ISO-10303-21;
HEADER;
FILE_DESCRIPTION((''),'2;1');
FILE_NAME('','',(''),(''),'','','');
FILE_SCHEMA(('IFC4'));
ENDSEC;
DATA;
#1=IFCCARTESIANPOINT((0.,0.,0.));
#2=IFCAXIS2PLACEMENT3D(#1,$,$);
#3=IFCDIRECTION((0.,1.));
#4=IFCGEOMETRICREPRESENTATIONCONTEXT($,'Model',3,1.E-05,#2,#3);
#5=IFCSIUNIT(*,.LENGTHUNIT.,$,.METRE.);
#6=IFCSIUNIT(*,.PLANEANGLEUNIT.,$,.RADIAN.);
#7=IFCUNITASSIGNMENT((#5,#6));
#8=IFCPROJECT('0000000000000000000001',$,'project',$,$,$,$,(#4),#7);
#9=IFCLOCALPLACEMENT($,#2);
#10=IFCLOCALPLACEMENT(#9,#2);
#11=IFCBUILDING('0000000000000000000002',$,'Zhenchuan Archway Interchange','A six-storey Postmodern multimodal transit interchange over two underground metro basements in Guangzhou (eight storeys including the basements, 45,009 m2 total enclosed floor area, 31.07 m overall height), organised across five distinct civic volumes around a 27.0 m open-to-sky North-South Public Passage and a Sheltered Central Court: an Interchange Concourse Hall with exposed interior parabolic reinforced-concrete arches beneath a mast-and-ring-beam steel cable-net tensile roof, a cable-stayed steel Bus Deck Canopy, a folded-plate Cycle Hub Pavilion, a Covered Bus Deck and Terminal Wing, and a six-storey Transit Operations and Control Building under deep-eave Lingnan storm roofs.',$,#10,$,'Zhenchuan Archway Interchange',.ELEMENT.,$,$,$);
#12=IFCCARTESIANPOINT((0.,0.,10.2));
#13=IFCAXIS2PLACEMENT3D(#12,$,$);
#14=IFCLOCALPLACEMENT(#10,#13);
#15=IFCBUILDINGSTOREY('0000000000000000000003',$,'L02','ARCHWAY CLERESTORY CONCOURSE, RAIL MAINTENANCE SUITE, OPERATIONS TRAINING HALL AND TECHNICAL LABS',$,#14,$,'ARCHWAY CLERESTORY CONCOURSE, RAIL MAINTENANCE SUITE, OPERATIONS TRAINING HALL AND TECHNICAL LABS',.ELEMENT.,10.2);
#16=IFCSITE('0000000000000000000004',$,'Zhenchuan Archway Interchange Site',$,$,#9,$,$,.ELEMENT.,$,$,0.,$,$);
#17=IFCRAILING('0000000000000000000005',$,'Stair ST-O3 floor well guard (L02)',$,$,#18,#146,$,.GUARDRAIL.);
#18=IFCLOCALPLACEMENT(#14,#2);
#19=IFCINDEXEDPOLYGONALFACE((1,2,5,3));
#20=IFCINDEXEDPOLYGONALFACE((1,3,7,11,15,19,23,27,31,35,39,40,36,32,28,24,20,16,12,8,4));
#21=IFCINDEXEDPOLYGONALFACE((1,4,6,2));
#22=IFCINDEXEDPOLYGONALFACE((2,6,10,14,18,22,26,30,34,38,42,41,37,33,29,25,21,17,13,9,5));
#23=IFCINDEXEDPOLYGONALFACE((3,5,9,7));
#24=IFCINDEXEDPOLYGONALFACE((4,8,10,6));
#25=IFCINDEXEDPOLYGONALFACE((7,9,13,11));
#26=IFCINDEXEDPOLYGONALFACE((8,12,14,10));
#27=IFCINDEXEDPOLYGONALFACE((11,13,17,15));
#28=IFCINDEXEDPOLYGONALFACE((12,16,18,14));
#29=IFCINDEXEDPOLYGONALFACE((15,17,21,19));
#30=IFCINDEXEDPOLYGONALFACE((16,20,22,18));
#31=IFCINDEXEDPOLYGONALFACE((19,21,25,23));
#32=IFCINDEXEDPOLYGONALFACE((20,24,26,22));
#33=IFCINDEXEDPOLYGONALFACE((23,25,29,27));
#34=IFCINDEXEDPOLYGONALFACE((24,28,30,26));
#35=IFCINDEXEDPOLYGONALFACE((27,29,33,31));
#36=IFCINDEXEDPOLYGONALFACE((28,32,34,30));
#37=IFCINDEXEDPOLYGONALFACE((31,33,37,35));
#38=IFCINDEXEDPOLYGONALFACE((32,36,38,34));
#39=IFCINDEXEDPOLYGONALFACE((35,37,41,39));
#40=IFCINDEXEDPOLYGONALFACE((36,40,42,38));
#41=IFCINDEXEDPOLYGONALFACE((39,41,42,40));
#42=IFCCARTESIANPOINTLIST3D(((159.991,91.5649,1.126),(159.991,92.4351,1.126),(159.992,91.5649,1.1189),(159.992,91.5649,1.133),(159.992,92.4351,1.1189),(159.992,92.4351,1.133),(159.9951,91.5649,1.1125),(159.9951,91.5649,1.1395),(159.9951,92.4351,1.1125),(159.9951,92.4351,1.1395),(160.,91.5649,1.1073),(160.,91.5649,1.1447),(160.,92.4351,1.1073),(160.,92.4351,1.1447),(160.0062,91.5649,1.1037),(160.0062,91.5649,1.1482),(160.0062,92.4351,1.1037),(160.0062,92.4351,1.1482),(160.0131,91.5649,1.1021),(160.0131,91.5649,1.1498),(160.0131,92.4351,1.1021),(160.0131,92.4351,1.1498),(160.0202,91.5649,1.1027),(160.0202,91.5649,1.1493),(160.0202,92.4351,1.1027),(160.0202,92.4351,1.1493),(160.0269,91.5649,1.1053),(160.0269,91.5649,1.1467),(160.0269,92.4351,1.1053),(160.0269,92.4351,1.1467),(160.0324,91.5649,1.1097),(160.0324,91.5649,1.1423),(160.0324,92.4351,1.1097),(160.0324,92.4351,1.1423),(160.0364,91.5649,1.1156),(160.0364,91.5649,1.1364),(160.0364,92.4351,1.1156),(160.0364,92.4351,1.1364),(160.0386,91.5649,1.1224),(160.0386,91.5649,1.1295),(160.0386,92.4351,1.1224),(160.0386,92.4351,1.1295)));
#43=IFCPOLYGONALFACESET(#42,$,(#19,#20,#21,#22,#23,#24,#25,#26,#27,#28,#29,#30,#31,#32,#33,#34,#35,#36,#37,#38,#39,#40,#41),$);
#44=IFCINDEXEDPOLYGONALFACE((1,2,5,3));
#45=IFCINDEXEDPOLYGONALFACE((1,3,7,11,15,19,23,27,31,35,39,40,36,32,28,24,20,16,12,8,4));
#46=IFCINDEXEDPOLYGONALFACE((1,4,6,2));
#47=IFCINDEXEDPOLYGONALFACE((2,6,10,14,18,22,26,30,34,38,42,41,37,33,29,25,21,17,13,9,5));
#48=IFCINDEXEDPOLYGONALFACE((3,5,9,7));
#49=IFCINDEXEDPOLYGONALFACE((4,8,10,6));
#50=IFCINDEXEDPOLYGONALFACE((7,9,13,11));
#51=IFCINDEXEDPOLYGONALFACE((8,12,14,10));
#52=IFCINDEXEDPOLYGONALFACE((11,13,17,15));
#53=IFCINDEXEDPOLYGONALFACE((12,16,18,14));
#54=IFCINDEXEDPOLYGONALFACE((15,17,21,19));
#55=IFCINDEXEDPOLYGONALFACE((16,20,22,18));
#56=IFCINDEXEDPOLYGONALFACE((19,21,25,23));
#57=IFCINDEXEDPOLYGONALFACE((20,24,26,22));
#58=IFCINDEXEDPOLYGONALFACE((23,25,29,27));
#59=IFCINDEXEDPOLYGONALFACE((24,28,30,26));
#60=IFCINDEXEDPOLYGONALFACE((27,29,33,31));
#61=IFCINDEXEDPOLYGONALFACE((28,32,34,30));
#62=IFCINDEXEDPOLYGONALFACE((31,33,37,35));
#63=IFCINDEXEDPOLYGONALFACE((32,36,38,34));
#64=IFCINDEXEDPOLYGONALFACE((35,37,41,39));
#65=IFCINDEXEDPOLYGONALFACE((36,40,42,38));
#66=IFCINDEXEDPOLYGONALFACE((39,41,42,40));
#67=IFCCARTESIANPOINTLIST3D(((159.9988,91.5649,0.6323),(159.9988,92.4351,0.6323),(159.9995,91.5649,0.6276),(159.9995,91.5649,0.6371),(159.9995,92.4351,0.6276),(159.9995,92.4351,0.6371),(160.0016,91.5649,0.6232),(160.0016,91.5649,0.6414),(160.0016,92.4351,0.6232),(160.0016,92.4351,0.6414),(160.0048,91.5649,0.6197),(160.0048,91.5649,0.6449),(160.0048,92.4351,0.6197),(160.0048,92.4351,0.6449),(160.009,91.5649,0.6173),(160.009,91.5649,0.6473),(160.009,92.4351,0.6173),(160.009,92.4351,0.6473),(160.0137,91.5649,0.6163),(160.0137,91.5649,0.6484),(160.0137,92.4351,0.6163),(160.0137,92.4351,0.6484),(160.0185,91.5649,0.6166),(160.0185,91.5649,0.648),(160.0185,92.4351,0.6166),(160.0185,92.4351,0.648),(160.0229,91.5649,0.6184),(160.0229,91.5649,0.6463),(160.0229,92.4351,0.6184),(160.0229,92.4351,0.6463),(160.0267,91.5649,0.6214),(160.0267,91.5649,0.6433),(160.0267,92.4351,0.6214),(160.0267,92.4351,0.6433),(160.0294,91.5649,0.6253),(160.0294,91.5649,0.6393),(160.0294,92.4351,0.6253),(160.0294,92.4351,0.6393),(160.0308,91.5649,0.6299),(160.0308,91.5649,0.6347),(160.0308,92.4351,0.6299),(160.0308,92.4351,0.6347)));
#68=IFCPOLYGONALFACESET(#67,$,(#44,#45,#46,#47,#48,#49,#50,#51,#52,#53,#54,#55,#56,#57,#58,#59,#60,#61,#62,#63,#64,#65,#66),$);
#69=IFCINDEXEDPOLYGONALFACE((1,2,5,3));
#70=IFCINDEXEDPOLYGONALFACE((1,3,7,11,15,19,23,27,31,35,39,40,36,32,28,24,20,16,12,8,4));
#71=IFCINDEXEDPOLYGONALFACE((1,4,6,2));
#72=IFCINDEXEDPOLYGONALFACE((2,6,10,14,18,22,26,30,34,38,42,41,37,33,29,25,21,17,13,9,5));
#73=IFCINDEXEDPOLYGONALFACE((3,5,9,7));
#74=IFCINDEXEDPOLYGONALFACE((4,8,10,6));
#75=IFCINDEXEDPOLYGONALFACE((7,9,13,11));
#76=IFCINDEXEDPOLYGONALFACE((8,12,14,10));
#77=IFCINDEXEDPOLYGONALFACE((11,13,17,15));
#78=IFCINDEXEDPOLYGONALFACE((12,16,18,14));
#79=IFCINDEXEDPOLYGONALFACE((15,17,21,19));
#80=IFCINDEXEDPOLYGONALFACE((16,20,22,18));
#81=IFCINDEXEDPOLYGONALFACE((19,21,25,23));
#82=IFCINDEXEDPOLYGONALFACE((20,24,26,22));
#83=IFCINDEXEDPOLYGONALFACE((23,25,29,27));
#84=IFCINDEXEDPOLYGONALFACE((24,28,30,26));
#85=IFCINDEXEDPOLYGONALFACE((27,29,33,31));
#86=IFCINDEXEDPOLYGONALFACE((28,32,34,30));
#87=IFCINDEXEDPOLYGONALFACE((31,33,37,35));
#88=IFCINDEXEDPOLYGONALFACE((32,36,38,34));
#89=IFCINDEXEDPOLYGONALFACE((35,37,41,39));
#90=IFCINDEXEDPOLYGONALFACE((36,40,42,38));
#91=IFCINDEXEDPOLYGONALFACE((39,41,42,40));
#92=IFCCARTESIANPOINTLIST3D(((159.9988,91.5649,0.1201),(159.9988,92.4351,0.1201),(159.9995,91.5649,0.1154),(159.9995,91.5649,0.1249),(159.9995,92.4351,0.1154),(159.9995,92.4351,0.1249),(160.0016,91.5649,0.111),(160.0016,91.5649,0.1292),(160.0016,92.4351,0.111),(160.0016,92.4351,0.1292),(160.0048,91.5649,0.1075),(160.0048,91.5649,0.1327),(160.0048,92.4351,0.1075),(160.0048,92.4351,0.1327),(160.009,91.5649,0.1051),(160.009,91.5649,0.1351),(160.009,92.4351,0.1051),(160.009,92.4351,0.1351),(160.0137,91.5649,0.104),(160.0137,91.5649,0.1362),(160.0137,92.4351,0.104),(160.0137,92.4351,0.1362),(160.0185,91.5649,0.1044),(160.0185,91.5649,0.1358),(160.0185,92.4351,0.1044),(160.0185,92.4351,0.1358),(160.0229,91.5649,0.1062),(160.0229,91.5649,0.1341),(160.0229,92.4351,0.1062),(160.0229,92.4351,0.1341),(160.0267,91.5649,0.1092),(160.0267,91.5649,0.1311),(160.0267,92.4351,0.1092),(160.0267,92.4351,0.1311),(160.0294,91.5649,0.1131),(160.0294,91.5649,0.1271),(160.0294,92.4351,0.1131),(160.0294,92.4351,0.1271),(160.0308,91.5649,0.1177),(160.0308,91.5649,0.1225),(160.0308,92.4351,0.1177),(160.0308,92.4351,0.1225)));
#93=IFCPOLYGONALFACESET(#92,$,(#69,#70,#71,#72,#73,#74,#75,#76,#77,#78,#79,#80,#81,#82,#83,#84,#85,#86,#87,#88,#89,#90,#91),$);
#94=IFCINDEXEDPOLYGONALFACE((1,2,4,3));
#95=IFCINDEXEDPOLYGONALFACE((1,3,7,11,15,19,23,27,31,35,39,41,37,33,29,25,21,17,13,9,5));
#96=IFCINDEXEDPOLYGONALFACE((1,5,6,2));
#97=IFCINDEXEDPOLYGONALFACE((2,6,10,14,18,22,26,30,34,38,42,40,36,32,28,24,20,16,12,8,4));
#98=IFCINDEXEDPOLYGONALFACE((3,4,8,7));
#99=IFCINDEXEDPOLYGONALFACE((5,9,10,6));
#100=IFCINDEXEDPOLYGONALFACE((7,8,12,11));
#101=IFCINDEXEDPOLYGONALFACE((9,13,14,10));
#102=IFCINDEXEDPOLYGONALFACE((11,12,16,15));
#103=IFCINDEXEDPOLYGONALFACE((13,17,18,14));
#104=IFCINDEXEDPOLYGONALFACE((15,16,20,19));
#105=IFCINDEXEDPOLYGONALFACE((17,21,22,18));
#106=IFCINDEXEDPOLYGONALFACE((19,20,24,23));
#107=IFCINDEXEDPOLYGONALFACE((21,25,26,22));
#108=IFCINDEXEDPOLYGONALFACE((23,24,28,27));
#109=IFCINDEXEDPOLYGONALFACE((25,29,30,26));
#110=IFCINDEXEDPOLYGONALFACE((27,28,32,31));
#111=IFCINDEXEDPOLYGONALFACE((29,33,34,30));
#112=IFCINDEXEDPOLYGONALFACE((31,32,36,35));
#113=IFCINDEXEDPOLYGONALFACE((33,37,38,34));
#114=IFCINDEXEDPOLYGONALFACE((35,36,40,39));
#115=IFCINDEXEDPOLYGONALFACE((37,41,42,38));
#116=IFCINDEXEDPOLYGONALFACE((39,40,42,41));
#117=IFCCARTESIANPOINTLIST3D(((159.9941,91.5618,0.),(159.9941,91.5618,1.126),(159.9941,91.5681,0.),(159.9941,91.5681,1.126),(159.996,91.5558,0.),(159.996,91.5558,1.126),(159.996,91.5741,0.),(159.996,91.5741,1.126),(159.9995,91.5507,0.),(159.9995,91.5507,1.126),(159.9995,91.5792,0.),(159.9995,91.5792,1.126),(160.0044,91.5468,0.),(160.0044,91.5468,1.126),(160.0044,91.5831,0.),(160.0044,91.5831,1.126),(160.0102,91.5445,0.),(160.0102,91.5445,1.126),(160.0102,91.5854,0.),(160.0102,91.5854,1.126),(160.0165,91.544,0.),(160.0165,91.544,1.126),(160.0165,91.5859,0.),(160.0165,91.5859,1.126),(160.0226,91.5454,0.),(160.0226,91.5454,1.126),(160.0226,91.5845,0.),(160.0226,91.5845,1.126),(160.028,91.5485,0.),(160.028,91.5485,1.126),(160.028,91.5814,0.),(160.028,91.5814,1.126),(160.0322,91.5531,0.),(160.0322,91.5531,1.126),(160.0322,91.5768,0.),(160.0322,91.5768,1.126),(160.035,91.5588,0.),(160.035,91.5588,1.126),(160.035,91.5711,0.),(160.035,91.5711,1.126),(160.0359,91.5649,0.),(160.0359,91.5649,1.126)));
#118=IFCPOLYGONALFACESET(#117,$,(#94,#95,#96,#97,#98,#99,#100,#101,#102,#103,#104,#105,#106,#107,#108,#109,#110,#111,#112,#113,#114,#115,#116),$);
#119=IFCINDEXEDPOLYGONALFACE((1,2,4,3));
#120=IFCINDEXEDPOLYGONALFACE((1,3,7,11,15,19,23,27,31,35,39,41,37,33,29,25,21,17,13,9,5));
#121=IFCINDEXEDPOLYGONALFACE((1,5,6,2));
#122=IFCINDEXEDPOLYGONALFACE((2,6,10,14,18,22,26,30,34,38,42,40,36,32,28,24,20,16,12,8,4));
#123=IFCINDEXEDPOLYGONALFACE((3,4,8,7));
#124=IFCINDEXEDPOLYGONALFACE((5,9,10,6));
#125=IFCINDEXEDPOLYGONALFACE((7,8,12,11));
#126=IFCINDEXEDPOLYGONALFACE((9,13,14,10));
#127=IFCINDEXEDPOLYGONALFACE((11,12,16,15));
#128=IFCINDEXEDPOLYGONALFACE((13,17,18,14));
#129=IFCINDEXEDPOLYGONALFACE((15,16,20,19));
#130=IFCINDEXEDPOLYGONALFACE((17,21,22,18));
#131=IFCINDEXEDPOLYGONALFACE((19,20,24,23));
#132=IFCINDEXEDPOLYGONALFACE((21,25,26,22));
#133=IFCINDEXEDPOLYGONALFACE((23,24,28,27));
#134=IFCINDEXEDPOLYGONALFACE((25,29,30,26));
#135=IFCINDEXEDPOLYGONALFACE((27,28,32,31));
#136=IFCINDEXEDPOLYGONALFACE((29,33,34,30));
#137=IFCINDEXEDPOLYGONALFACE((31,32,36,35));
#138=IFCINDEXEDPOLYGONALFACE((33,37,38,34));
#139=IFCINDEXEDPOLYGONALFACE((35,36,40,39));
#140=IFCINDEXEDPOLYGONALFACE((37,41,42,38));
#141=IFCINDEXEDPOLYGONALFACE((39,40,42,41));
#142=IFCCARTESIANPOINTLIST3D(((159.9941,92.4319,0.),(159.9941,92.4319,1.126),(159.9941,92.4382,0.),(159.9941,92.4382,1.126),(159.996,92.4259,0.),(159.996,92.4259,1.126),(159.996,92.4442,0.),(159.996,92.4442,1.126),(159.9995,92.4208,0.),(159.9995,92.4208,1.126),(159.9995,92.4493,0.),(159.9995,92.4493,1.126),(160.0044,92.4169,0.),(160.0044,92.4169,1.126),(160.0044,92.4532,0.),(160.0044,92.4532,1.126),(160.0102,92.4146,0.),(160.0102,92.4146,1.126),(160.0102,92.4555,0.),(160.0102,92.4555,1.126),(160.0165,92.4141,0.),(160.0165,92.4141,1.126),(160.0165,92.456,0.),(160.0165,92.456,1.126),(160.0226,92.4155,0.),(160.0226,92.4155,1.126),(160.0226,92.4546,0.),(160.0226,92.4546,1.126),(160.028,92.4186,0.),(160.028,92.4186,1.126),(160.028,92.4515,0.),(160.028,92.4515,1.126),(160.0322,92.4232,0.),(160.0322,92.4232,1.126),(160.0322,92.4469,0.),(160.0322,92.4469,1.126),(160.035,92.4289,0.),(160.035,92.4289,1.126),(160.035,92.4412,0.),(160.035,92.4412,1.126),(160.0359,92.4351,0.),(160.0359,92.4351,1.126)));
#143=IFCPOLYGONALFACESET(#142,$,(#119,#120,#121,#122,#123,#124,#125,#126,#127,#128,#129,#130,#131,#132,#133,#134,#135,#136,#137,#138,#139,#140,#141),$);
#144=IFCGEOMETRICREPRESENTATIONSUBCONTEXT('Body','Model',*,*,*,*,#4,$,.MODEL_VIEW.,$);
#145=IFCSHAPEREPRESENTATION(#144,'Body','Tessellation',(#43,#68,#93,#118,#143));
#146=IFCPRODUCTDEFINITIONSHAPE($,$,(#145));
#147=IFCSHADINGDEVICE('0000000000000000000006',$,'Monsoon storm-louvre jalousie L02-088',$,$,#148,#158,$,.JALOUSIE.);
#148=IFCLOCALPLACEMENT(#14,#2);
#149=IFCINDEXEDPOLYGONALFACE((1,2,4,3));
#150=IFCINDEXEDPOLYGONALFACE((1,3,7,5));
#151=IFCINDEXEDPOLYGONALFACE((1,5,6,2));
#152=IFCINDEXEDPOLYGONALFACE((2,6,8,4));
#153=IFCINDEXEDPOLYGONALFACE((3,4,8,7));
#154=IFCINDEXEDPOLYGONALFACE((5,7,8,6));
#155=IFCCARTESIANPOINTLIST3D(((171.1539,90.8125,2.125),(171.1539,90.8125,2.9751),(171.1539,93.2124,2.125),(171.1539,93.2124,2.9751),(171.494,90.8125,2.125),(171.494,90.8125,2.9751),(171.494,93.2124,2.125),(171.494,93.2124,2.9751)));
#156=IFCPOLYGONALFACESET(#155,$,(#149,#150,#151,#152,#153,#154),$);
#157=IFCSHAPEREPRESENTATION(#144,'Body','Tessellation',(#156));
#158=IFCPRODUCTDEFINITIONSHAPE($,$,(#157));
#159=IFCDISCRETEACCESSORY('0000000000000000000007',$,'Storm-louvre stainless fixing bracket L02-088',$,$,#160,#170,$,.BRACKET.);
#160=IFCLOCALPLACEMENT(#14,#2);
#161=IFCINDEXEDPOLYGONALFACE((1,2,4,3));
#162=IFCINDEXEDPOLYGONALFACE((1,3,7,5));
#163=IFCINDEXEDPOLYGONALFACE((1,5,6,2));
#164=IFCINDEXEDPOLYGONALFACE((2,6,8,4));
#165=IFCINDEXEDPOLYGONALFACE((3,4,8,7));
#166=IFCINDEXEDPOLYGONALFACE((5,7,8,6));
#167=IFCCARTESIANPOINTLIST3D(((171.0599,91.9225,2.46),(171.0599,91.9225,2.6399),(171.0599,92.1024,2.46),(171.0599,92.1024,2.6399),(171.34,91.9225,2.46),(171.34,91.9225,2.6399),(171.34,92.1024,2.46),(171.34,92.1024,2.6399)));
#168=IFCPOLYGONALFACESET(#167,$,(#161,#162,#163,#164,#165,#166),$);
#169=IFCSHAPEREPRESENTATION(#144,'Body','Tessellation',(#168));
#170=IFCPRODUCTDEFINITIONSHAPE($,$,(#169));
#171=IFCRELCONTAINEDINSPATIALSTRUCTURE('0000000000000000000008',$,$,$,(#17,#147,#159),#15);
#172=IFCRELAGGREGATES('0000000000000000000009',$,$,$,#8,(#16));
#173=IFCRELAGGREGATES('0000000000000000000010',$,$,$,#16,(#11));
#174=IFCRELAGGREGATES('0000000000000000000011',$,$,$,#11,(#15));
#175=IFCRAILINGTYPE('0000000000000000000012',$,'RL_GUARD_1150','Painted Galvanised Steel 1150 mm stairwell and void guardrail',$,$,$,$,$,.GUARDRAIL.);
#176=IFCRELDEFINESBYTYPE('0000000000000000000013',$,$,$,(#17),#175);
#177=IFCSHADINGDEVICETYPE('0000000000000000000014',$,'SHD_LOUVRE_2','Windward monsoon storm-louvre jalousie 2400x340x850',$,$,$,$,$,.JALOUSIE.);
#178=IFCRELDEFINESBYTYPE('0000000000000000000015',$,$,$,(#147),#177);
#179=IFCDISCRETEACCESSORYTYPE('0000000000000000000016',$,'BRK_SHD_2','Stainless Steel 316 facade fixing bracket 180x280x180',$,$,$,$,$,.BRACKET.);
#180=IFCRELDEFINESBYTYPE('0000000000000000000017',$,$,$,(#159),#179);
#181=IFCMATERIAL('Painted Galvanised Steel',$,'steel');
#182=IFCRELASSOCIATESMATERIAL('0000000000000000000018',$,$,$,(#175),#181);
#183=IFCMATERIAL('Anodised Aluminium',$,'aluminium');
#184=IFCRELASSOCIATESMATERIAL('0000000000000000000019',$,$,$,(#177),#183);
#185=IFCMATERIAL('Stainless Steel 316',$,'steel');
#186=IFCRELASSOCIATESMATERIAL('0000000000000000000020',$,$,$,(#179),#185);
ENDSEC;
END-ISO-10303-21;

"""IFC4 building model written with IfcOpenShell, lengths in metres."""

from ifc_helpers import new_model, si_unit, direction, frame, origin, origin_2d, place, context, subcontext, project, spatial, rectangle, circle, extrude, material, type_object, element, save


model = new_model("IFC4")

# Units and contexts
model_context = context("Model", 3, precision=1e-05, world=origin(), true_north=direction((0.0, 1.0)))
body_context = subcontext(model_context, "Body", "Model", "MODEL_VIEW")
ifc_project = project(units=[si_unit("LENGTHUNIT", "METRE"), si_unit("PLANEANGLEUNIT", "RADIAN")], contexts=[model_context])

# Site, building, storey
site_placement = place(None, origin())
site = spatial("IfcSite", under=ifc_project, at=site_placement, Name="Zhenchuan Archway Interchange Site", CompositionType="ELEMENT", RefElevation=0.0)
building_placement = place(site_placement, origin())
building = spatial("IfcBuilding", under=site, at=building_placement, Name="Zhenchuan Archway Interchange", Description="A six-storey Postmodern multimodal transit interchange over two underground metro basements in Guangzhou (eight storeys including the basements, 45,009 m2 total enclosed floor area, 31.07 m overall height), organised across five distinct civic volumes around a 27.0 m open-to-sky North-South Public Passage and a Sheltered Central Court: an Interchange Concourse Hall with exposed interior parabolic reinforced-concrete arches beneath a mast-and-ring-beam steel cable-net tensile roof, a cable-stayed steel Bus Deck Canopy, a folded-plate Cycle Hub Pavilion, a Covered Bus Deck and Terminal Wing, and a six-storey Transit Operations and Control Building under deep-eave Lingnan storm roofs.", LongName="Zhenchuan Archway Interchange", CompositionType="ELEMENT")
storey_placement = place(building_placement, frame((0.0, 0.0, 10.2)))
storey = spatial("IfcBuildingStorey", under=building, at=storey_placement, Name="L02", Description="ARCHWAY CLERESTORY CONCOURSE, RAIL MAINTENANCE SUITE, OPERATIONS TRAINING HALL AND TECHNICAL LABS", LongName="ARCHWAY CLERESTORY CONCOURSE, RAIL MAINTENANCE SUITE, OPERATIONS TRAINING HALL AND TECHNICAL LABS", CompositionType="ELEMENT", Elevation=10.2)

# Railing
ifc_material_1 = material(Name="Painted Galvanised Steel", Category="steel")
railing_type_1 = type_object("IfcRailingType", Name="RL_GUARD_1150", Description="Painted Galvanised Steel 1150 mm stairwell and void guardrail", PredefinedType="GUARDRAIL", material=ifc_material_1)
railing_placement = place(storey_placement, frame((160.0149, 91.5649, 0.0)))
element("IfcRailing", 1, at=railing_placement, inside=storey, type_object=railing_type_1, Name="Stair ST-O3 floor well guard (L02)", PredefinedType="GUARDRAIL", context=body_context, shape_type="SweptSolid", body=[
    extrude(circle(Radius=0.0239, at=origin_2d()), frame((0.0, 0.0, 1.126), z_axis=(0.0, 1.0, 0.0), x_axis=(-1.0, 0.0, 0.0)), (0.0, 0.0, 1.0), 0.8701),
    extrude(circle(Radius=0.0161, at=origin_2d()), frame((0.0, 0.0, 0.6323), z_axis=(0.0, 1.0, 0.0), x_axis=(-1.0, 0.0, 0.0)), (0.0, 0.0, 1.0), 0.8701),
    extrude(circle(Radius=0.0161, at=origin_2d()), frame((0.0, 0.0, 0.1201), z_axis=(0.0, 1.0, 0.0), x_axis=(-1.0, 0.0, 0.0)), (0.0, 0.0, 1.0), 0.8701),
    extrude(circle(Radius=0.021, at=origin_2d()), origin(), (0.0, 0.0, 1.0), 1.126),
    extrude(circle(Radius=0.021, at=origin_2d()), frame((0.0, 0.8701, 0.0)), (0.0, 0.0, 1.0), 1.126),
])

# Shading device
ifc_material_2 = material(Name="Anodised Aluminium", Category="aluminium")
shading_device_type = type_object("IfcShadingDeviceType", Name="SHD_LOUVRE_2", Description="Windward monsoon storm-louvre jalousie 2400x340x850", PredefinedType="JALOUSIE", material=ifc_material_2)
shading_device_placement = place(storey_placement, frame((171.324, 92.0125, 2.125), z_axis=(0.0, 0.0, 1.0), x_axis=(0.0, -1.0, 0.0)))
element("IfcShadingDevice", 2, at=shading_device_placement, inside=storey, type_object=shading_device_type, Name="Monsoon storm-louvre jalousie L02-088", PredefinedType="JALOUSIE", context=body_context, shape_type="SweptSolid", body=[
    extrude(rectangle(XDim=2.3999, YDim=0.3401, at=origin_2d()), origin(), (0.0, 0.0, 1.0), 0.8501),
])

# Discrete accessory
ifc_material_3 = material(Name="Stainless Steel 316", Category="steel")
discrete_accessory_type = type_object("IfcDiscreteAccessoryType", Name="BRK_SHD_2", Description="Stainless Steel 316 facade fixing bracket 180x280x180", PredefinedType="BRACKET", material=ifc_material_3)
discrete_accessory_placement = place(storey_placement, frame((171.2, 92.0125, 2.46), z_axis=(0.0, 0.0, 1.0), x_axis=(0.0, -1.0, 0.0)))
element("IfcDiscreteAccessory", 3, at=discrete_accessory_placement, inside=storey, type_object=discrete_accessory_type, Name="Storm-louvre stainless fixing bracket L02-088", PredefinedType="BRACKET", context=body_context, shape_type="SweptSolid", body=[
    extrude(rectangle(XDim=0.1799, YDim=0.28, at=origin_2d()), origin(), (0.0, 0.0, 1.0), 0.1799),
])

save(model, "model.ifc")
